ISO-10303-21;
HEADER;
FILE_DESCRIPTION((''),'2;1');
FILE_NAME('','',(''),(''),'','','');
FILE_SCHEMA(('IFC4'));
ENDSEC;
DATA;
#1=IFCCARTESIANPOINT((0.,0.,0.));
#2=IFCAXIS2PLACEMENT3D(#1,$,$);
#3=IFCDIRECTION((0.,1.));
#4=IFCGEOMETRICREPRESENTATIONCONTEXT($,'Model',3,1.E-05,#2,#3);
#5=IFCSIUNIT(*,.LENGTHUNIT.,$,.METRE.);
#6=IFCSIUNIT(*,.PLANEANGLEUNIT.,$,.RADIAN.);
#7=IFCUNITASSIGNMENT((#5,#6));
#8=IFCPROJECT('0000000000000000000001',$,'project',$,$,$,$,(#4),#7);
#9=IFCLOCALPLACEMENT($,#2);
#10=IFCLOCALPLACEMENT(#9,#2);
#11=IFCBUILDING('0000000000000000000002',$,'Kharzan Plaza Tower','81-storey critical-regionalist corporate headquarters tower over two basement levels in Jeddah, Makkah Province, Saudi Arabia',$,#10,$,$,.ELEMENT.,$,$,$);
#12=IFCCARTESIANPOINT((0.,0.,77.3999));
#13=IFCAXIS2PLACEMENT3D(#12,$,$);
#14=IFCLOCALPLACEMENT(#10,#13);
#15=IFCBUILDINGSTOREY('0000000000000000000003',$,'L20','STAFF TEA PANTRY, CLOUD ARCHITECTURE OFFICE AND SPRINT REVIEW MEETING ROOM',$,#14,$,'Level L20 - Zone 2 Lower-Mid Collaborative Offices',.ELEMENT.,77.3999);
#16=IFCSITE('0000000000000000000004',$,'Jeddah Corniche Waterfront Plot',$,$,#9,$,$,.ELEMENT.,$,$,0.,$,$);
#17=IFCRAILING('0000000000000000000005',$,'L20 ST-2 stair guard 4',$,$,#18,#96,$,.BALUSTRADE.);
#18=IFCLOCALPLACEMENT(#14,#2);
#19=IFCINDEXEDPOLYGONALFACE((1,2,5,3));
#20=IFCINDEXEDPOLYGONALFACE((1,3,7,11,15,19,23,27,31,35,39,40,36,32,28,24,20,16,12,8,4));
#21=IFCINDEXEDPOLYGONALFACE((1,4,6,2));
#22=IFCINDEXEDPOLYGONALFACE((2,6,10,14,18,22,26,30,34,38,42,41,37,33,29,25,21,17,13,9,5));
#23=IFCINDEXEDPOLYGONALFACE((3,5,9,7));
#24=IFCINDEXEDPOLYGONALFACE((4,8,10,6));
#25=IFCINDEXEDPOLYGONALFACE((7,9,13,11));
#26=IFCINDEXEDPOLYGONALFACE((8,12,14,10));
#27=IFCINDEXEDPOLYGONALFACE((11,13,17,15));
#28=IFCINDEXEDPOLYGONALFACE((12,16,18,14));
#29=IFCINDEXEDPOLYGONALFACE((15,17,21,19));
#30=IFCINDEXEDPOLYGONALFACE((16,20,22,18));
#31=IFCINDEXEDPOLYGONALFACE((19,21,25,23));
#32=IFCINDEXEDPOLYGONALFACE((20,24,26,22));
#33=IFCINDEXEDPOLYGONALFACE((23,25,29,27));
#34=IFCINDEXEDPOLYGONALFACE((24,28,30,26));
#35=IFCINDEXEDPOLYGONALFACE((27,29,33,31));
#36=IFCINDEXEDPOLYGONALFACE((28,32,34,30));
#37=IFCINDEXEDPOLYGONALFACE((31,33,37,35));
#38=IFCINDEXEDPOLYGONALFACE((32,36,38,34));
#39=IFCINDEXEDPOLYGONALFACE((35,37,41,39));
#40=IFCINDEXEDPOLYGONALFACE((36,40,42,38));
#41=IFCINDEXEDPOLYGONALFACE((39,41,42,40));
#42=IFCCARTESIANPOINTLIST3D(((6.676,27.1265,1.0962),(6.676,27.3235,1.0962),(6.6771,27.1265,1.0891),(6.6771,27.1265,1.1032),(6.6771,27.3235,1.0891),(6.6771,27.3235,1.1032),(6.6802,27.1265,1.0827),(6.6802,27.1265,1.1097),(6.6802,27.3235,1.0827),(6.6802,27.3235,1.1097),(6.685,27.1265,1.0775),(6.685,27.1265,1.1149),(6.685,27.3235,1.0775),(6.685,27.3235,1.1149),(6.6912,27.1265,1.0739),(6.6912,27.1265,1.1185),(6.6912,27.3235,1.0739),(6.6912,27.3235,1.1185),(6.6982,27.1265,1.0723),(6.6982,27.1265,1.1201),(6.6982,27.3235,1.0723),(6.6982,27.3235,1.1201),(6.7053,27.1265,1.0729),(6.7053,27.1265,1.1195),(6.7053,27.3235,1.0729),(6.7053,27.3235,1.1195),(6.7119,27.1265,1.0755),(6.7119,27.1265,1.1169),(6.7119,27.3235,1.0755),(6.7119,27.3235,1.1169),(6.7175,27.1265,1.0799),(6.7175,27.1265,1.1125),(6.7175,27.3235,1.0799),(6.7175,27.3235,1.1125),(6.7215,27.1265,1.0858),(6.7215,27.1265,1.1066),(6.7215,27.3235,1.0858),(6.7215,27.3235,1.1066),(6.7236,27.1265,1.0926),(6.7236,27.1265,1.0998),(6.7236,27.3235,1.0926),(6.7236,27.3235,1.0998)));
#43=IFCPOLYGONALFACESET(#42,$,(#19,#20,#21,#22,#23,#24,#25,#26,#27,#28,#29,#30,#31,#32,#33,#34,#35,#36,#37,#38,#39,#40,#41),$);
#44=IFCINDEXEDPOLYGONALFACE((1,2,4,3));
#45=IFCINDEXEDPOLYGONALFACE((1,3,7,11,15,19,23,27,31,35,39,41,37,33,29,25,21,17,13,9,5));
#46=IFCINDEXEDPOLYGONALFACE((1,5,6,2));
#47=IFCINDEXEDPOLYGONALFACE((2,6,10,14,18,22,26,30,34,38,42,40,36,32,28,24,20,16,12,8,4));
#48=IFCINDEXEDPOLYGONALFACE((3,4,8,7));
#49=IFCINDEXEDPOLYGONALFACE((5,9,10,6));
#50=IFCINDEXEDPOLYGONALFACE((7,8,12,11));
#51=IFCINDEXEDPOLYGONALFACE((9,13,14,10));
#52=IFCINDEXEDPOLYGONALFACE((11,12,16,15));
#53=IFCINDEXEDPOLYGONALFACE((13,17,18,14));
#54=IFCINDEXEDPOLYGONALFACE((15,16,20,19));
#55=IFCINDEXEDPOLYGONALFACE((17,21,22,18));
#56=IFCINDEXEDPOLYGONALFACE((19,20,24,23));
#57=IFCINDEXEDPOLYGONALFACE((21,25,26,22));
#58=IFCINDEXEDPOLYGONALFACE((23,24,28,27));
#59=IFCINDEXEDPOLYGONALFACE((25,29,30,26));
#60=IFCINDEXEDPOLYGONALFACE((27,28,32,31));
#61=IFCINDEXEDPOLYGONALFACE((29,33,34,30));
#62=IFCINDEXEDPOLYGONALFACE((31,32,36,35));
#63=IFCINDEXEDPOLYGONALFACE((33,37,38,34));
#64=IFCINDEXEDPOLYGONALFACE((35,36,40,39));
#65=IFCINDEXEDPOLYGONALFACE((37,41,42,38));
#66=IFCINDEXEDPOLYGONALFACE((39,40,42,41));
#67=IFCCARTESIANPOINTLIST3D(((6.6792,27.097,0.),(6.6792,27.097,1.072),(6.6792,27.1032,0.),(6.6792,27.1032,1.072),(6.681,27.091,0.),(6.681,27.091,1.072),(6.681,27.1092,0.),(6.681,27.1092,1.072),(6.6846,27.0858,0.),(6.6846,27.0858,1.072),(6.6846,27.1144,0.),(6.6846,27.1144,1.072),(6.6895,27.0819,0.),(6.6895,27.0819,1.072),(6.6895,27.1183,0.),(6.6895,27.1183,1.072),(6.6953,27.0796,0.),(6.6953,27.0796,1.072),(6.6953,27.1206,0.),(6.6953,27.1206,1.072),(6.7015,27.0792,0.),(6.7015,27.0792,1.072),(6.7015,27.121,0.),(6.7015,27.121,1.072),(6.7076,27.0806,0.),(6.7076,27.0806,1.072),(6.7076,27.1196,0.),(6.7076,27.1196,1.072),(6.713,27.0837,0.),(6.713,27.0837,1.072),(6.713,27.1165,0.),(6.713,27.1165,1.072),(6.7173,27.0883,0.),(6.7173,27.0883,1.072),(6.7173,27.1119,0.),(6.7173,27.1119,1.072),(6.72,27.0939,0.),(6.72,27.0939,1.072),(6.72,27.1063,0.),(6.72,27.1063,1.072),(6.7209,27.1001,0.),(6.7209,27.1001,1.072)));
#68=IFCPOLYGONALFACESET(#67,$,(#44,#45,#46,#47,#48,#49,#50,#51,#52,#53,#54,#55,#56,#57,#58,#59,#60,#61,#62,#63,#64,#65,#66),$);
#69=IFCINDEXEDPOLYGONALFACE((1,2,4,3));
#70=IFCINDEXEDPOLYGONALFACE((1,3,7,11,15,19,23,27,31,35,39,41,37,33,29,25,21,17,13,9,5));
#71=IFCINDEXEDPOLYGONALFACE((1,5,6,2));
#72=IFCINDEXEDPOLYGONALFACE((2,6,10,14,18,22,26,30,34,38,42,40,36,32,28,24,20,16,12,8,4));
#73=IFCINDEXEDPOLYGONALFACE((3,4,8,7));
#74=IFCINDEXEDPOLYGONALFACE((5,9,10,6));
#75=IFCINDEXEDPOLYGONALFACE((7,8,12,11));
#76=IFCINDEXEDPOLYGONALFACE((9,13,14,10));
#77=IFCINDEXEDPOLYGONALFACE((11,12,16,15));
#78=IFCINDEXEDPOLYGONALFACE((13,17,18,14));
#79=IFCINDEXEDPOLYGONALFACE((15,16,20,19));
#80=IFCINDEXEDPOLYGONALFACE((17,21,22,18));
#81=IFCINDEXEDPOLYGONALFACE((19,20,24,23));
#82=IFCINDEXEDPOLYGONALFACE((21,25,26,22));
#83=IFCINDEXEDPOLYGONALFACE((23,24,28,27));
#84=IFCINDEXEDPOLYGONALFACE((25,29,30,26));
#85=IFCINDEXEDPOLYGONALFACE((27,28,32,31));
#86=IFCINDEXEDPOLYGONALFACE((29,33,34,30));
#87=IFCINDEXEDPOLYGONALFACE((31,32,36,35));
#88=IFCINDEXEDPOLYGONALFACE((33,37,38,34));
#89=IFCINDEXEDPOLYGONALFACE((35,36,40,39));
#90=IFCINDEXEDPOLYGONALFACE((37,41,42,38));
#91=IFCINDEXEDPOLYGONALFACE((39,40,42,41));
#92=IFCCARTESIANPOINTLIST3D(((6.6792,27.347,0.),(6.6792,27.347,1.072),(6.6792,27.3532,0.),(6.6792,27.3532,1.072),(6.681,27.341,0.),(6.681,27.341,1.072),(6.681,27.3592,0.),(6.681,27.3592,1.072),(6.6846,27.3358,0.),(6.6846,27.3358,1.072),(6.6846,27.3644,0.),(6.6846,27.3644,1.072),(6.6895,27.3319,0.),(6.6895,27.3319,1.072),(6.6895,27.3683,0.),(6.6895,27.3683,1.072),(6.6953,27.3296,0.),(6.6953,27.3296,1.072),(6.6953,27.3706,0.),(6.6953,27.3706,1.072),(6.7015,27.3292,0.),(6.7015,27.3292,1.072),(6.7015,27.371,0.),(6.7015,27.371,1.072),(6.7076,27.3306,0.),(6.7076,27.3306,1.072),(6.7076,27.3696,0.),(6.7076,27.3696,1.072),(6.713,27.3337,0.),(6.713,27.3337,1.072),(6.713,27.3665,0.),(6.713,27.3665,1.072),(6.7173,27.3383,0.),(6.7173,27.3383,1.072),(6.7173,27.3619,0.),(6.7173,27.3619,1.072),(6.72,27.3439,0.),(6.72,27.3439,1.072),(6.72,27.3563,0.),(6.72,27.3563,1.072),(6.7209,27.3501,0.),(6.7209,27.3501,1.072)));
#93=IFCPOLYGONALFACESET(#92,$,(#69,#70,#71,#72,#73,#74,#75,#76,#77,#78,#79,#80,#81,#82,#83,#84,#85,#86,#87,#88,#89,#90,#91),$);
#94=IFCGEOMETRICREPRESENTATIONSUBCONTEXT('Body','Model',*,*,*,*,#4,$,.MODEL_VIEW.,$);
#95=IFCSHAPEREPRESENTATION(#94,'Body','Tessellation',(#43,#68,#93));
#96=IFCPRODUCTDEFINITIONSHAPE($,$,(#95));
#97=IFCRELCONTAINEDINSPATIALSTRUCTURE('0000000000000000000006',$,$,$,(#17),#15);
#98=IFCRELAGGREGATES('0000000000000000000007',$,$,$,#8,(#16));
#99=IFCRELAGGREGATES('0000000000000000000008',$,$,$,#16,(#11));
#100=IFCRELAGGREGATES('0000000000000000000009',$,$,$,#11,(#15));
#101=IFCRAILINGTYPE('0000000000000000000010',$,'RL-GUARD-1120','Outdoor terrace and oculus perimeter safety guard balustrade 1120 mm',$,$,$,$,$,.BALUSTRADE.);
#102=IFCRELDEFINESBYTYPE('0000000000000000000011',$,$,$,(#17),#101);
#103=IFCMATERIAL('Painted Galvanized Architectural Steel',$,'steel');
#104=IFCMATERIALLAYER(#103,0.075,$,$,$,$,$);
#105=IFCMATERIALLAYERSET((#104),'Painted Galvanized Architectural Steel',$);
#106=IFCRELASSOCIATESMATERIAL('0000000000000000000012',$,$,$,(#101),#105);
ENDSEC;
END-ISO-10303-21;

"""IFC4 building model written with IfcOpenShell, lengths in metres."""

from ifc_helpers import new_model, si_unit, direction, frame, origin, origin_2d, place, context, subcontext, project, spatial, circle, extrude, source, transform, mapped, material, layer, layer_set, type_object, element, save


model = new_model("IFC4")

# Units and contexts
model_context = context("Model", 3, precision=1e-05, world=origin(), true_north=direction((0.0, 1.0)))
body_context = subcontext(model_context, "Body", "Model", "MODEL_VIEW")
ifc_project = project(units=[si_unit("LENGTHUNIT", "METRE"), si_unit("PLANEANGLEUNIT", "RADIAN")], contexts=[model_context])

# Site, building, storey
site_placement = place(None, origin())
site = spatial("IfcSite", under=ifc_project, at=site_placement, Name="Jeddah Corniche Waterfront Plot", CompositionType="ELEMENT", RefElevation=0.0)
building_placement = place(site_placement, origin())
building = spatial("IfcBuilding", under=site, at=building_placement, Name="Kharzan Plaza Tower", Description="81-storey critical-regionalist corporate headquarters tower over two basement levels in Jeddah, Makkah Province, Saudi Arabia", CompositionType="ELEMENT")
storey_placement = place(building_placement, frame((0.0, 0.0, 77.3999)))
storey = spatial("IfcBuildingStorey", under=building, at=storey_placement, Name="L20", Description="STAFF TEA PANTRY, CLOUD ARCHITECTURE OFFICE AND SPRINT REVIEW MEETING ROOM", LongName="Level L20 - Zone 2 Lower-Mid Collaborative Offices", CompositionType="ELEMENT", Elevation=77.3999)

# Railing
ifc_material_1 = material(Name="Painted Galvanized Architectural Steel", Category="steel")
ifc_layer_1 = layer(ifc_material_1, 0.075)
ifc_layer_set_1 = layer_set([ifc_layer_1], Name="Painted Galvanized Architectural Steel")
railing_type_1 = type_object("IfcRailingType", Name="RL-GUARD-1120", Description="Outdoor terrace and oculus perimeter safety guard balustrade 1120 mm", PredefinedType="BALUSTRADE", material=ifc_layer_set_1)
shared_shape_1 = source(origin(), body_context, "Body", "SweptSolid", [
    extrude(circle(Radius=0.0239, at=origin_2d()), frame((0.0, 0.0264, 1.0962), z_axis=(0.0, 1.0, 0.0), x_axis=(-1.0, 0.0, 0.0)), (0.0, 0.0, 1.0), 0.197),
    extrude(circle(Radius=0.021, at=origin_2d()), origin(), (0.0, 0.0, 1.0), 1.072),
    extrude(circle(Radius=0.021, at=origin_2d()), frame((0.0, 0.25, 0.0)), (0.0, 0.0, 1.0), 1.072),
])
for number, where, name in (
    (1, (6.7, 27.1001, 0.0), "L20 ST-2 stair guard 4"),
):
    element("IfcRailing", number, at=place(storey_placement, frame(where)), inside=storey, type_object=railing_type_1, Name=name, PredefinedType="BALUSTRADE", context=body_context, shape_type="MappedRepresentation", body=[
        mapped(shared_shape_1, transform((0.0, 0.0, 0.0), x_axis=(1.0, 0.0, 0.0), y_axis=(0.0, 1.0, 0.0), z_axis=(0.0, 0.0, 1.0))),
    ])

save(model, "model.ifc")
